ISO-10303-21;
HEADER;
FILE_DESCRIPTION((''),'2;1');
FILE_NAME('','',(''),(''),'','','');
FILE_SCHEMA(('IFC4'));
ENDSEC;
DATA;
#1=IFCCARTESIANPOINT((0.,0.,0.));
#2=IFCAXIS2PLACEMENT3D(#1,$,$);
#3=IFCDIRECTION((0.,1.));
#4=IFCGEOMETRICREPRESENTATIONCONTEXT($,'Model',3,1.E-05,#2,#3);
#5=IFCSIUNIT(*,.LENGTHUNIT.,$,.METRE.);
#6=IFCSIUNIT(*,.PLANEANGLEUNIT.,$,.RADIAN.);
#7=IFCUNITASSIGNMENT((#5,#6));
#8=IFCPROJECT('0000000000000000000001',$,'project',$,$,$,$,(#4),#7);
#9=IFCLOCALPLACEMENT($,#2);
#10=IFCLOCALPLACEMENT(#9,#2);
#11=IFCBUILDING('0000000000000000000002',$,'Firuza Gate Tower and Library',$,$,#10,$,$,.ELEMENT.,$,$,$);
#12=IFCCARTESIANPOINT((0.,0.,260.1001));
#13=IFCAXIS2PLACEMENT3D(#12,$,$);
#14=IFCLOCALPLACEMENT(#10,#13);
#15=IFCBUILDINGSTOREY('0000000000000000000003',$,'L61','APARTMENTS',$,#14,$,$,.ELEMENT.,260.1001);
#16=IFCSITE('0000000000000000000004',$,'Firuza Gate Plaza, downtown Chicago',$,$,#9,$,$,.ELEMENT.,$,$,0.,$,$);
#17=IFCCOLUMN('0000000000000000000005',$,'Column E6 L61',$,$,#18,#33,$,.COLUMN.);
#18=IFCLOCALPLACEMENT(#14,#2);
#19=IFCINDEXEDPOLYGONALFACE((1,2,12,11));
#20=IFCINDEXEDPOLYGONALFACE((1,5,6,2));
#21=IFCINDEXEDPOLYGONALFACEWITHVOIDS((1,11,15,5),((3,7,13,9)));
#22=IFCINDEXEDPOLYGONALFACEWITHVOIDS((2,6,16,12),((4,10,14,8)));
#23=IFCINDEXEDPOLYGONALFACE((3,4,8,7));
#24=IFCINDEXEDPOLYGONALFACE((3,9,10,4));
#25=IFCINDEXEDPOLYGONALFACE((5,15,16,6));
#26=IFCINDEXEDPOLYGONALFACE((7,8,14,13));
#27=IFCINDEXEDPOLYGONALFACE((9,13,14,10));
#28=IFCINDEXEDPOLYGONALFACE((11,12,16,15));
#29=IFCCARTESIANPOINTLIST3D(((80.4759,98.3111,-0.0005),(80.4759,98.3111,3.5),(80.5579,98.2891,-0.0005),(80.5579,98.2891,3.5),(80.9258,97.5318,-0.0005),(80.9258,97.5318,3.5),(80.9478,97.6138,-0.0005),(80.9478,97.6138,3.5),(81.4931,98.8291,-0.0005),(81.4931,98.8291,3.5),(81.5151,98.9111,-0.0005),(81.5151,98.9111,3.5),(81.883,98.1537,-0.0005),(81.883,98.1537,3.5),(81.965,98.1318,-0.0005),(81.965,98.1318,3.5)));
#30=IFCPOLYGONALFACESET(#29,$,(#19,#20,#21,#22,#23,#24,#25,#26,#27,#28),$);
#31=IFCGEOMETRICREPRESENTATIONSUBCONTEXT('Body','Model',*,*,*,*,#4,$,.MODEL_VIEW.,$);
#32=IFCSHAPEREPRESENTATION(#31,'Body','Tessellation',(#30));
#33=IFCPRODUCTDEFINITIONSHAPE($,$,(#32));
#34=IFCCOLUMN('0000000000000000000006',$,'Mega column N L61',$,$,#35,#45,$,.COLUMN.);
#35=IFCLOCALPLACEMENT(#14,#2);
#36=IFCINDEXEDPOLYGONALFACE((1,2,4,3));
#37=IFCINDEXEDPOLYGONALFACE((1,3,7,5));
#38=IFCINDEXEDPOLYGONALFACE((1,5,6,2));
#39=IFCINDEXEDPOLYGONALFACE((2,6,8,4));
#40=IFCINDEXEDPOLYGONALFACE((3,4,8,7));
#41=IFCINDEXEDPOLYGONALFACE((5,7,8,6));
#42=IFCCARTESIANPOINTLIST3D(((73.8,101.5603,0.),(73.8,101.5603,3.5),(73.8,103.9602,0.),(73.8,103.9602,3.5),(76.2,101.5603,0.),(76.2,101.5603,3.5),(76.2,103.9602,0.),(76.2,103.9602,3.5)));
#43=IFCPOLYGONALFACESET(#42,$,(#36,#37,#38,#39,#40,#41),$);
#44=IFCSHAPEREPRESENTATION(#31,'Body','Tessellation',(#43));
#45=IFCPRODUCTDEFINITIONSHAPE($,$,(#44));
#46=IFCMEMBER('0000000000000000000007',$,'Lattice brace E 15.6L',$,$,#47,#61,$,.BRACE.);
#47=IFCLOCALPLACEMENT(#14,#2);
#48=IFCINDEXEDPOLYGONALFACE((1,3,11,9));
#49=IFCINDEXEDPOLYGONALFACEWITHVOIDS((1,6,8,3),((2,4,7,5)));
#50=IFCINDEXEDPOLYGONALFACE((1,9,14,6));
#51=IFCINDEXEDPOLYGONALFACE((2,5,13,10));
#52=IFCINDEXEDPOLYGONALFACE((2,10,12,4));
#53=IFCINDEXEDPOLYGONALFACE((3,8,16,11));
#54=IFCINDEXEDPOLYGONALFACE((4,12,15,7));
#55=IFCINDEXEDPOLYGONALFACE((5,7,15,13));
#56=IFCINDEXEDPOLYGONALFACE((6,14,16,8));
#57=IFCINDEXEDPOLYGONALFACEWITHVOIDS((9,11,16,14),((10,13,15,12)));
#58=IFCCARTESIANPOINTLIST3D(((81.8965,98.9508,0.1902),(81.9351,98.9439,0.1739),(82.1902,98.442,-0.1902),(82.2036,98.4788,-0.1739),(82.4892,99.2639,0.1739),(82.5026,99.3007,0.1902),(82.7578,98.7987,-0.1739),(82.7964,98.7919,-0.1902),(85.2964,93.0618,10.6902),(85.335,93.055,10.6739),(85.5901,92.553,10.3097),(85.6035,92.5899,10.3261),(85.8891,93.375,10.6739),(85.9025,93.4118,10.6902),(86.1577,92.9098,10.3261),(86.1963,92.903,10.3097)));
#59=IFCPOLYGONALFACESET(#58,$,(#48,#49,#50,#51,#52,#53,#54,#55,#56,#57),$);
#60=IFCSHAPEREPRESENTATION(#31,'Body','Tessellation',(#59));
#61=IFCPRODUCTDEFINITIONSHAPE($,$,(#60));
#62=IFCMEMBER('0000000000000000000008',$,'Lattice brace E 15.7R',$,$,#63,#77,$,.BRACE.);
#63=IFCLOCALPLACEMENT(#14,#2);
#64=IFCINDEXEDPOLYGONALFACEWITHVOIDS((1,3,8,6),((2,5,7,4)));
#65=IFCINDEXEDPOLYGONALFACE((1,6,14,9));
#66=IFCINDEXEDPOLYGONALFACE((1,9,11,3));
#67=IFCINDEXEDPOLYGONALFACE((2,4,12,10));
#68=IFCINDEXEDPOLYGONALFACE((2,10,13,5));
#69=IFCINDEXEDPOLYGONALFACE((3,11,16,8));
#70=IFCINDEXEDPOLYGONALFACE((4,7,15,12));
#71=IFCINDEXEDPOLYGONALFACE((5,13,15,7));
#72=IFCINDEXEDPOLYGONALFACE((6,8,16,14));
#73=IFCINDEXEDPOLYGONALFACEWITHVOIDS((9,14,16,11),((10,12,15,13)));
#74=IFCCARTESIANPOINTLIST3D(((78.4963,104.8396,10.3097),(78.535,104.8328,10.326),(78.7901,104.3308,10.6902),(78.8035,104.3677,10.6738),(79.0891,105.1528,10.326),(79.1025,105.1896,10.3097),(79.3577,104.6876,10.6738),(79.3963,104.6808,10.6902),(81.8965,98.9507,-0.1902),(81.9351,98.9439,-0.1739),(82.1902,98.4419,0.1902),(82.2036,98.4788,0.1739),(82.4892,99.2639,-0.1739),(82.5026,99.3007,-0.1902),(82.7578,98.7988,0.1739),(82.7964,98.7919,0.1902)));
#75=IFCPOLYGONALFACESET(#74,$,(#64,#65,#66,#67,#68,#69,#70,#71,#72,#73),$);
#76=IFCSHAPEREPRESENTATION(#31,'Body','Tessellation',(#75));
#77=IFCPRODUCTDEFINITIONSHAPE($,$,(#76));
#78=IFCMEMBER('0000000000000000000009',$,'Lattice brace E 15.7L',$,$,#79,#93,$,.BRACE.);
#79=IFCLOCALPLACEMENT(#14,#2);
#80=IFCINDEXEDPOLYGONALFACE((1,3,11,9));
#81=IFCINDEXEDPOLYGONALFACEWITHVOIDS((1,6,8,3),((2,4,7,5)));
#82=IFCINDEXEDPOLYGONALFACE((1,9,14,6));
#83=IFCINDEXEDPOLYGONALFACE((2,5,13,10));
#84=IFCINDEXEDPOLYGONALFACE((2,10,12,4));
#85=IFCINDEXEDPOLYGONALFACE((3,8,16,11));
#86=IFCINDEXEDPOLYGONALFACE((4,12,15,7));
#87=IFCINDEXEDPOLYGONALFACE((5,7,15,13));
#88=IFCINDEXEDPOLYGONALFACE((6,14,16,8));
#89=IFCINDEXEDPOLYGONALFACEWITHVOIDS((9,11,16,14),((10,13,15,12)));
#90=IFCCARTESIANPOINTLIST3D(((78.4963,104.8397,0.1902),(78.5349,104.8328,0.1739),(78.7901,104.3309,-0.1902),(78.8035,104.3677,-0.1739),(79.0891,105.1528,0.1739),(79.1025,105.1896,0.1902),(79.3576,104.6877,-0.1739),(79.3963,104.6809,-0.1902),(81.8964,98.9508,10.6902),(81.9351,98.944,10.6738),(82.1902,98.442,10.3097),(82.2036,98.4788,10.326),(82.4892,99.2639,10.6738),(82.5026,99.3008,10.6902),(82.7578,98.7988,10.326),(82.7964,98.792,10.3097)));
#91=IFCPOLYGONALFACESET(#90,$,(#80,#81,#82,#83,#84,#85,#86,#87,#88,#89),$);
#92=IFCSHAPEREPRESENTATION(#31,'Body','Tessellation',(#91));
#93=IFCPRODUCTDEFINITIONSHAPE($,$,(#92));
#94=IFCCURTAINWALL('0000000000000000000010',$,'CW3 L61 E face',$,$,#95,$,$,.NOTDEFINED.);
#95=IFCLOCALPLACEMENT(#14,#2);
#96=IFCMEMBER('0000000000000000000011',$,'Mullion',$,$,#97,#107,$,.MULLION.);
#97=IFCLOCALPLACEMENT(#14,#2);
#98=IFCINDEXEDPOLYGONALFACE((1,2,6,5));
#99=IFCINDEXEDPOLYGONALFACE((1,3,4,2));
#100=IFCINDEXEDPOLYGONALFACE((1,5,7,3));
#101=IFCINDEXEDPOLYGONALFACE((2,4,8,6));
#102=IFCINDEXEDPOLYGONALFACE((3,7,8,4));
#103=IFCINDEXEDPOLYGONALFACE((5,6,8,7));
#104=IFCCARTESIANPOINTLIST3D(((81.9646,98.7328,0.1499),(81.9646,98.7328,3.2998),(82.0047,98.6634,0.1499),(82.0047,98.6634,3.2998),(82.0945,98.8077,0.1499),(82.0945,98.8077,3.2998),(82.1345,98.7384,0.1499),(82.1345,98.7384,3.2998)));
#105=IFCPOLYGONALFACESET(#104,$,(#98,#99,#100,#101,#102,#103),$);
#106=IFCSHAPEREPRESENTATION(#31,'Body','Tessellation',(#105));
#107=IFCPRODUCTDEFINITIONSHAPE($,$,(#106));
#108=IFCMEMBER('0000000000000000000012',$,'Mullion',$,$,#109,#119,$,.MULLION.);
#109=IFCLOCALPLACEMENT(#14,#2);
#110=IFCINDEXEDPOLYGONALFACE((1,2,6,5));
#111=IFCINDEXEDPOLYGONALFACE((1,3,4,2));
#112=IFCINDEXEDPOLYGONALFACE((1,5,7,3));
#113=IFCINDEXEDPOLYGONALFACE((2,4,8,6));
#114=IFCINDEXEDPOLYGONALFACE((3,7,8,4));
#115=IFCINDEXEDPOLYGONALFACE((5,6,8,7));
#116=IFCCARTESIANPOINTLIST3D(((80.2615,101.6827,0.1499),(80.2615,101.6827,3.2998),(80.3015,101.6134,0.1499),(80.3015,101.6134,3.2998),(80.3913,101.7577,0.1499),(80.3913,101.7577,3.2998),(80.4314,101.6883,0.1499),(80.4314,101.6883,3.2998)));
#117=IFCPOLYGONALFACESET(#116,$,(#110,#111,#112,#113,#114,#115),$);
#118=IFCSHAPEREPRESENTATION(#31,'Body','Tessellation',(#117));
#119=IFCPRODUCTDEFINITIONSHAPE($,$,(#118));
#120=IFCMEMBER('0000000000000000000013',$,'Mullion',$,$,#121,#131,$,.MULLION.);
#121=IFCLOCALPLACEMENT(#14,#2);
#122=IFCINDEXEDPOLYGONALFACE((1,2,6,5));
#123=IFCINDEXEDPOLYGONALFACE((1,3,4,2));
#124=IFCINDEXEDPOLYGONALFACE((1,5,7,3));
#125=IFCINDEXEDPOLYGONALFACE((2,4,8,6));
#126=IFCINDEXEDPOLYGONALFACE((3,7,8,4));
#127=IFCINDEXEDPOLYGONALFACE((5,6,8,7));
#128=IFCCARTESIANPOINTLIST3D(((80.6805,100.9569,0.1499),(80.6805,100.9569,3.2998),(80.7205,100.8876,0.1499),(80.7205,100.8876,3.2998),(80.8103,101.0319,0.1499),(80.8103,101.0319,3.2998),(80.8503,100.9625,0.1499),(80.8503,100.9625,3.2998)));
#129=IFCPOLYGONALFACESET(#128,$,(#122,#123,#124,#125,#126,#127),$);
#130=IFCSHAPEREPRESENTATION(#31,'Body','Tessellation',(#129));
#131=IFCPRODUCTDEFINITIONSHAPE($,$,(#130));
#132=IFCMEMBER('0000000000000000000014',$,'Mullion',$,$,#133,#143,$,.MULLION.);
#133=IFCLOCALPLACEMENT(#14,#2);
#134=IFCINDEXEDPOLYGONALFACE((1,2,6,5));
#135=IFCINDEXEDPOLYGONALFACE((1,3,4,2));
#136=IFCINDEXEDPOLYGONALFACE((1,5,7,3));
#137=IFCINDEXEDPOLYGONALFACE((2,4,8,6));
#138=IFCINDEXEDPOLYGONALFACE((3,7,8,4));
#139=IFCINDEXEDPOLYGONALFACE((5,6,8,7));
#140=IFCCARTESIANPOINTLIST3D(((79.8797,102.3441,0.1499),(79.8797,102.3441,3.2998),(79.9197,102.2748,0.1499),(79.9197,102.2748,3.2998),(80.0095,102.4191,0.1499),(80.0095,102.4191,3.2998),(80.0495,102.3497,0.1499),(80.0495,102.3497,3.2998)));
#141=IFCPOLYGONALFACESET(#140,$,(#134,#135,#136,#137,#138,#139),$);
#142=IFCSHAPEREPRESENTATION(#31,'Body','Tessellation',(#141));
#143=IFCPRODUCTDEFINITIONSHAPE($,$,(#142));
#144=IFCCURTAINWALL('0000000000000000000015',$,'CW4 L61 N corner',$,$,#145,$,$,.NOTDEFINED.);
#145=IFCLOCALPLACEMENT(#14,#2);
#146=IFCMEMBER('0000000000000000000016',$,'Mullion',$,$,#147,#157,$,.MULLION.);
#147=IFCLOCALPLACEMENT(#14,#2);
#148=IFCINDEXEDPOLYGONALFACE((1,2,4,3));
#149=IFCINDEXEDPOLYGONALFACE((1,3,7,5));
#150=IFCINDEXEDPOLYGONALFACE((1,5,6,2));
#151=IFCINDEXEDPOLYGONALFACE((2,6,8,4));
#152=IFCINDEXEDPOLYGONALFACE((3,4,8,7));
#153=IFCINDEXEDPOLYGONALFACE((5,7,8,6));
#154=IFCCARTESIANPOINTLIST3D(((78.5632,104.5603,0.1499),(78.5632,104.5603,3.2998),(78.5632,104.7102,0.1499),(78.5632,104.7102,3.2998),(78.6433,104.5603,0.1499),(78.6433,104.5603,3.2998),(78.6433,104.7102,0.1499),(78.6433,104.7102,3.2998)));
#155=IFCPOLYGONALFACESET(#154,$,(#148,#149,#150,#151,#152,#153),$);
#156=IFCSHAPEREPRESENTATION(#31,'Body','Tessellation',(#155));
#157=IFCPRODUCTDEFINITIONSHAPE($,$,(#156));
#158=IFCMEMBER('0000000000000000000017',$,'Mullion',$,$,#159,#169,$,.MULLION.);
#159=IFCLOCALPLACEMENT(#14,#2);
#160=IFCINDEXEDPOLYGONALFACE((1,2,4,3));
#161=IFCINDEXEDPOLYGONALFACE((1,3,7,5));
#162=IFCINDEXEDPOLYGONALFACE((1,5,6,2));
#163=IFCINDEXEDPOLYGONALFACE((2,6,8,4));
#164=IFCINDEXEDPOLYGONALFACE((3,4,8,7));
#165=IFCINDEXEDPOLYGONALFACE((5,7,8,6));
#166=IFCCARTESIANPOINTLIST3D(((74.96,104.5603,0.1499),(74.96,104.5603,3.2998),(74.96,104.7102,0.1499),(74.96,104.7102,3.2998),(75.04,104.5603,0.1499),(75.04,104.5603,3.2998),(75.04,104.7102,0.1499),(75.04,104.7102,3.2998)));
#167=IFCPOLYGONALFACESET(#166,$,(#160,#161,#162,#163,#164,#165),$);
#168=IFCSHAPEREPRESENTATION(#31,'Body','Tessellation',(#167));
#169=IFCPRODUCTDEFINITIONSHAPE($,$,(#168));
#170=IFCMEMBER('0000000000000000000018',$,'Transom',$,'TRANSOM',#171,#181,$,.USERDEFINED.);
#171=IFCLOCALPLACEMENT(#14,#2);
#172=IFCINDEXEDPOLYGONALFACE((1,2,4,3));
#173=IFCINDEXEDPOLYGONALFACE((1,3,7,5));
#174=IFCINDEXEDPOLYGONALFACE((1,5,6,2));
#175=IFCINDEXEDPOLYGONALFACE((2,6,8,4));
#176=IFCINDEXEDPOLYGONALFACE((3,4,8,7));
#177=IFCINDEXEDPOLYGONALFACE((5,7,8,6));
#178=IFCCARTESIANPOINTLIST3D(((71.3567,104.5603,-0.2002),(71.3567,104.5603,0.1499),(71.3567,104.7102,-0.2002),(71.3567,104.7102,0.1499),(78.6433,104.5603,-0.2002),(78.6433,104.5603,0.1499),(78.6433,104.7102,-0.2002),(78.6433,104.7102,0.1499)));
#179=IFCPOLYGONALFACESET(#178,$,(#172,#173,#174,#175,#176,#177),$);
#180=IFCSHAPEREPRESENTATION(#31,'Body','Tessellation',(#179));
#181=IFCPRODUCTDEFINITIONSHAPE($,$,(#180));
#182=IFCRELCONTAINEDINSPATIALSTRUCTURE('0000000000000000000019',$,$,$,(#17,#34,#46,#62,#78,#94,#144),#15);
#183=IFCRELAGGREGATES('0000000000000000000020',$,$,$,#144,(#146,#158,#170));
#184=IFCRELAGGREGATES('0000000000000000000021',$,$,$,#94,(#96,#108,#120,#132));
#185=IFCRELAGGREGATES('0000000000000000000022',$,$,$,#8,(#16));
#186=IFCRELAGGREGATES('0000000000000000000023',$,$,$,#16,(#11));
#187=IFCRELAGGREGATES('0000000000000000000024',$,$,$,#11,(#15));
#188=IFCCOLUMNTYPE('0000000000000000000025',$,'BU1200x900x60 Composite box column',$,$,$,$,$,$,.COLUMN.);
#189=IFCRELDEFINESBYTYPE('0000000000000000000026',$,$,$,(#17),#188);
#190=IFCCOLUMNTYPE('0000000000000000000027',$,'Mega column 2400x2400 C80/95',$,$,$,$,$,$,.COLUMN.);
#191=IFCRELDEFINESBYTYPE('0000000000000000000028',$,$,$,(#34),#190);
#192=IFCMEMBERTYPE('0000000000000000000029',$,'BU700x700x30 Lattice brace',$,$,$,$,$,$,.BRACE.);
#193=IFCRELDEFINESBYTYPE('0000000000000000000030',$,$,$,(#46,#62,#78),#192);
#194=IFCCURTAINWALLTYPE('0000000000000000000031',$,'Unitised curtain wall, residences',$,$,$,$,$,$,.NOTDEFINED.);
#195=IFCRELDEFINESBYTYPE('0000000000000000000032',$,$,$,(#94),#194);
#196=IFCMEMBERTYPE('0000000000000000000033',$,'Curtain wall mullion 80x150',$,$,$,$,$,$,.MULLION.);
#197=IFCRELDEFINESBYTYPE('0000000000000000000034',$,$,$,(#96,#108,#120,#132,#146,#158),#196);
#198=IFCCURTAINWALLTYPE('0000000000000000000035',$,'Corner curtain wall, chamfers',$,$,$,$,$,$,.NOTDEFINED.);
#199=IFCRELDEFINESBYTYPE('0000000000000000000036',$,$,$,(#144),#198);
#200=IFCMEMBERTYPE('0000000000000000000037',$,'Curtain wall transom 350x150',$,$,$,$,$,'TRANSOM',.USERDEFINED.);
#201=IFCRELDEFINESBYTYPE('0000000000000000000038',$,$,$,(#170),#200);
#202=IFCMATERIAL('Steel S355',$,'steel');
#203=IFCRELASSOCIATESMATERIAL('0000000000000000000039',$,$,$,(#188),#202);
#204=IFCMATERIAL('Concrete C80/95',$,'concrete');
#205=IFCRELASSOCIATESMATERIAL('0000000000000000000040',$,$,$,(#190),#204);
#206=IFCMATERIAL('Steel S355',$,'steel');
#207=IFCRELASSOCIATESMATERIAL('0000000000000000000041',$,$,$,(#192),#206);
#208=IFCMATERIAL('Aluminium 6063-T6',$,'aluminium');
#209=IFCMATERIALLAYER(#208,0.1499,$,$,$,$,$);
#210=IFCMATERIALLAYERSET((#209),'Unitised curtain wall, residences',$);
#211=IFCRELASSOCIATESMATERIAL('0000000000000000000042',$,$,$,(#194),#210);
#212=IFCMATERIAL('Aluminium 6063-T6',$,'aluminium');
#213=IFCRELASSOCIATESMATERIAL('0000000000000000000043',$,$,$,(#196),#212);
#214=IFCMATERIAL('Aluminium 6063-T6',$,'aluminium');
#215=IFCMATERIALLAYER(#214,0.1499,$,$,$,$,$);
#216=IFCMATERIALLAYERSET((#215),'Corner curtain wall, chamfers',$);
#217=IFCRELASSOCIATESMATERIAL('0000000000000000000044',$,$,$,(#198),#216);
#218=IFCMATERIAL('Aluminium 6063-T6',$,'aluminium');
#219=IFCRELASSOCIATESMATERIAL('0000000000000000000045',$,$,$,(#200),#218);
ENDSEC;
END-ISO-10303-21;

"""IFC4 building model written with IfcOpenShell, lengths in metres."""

from ifc_helpers import new_model, si_unit, direction, frame, origin, origin_2d, place, context, subcontext, project, spatial, rectangle, hollow_rectangle, extrude, material, layer, layer_set, material_profile, profile_set, type_object, element, aggregate, save


model = new_model("IFC4")

# Units and contexts
model_context = context("Model", 3, precision=1e-05, world=origin(), true_north=direction((0.0, 1.0)))
body_context = subcontext(model_context, "Body", "Model", "MODEL_VIEW")
ifc_project = project(units=[si_unit("LENGTHUNIT", "METRE"), si_unit("PLANEANGLEUNIT", "RADIAN")], contexts=[model_context])

# Site, building, storey
site_placement = place(None, origin())
site = spatial("IfcSite", under=ifc_project, at=site_placement, Name="Firuza Gate Plaza, downtown Chicago", CompositionType="ELEMENT", RefElevation=0.0)
building_placement = place(site_placement, origin())
building = spatial("IfcBuilding", under=site, at=building_placement, Name="Firuza Gate Tower and Library", CompositionType="ELEMENT")
storey_placement = place(building_placement, frame((0.0, 0.0, 260.1001)))
storey = spatial("IfcBuildingStorey", under=building, at=storey_placement, Name="L61", Description="APARTMENTS", CompositionType="ELEMENT", Elevation=260.1001)

# Columns
ifc_material_1 = material(Name="Steel S355", Category="steel")
ifc_material_profile_1 = material_profile(ifc_material_1, hollow_rectangle(XDim=0.8999, YDim=1.2, WallThickness=0.0601, at=origin_2d()))
ifc_profile_set_1 = profile_set([ifc_material_profile_1], Name="Steel S355")
column_type_1 = type_object("IfcColumnType", Name="BU1200x900x60 Composite box column", PredefinedType="COLUMN", material=ifc_profile_set_1)
column_1_placement = place(storey_placement, frame((81.2205, 98.2214, -0.0005), z_axis=(0.0, 0.0, 1.0), x_axis=(-0.5, 0.866025, 0.0)))
element("IfcColumn", 1, at=column_1_placement, inside=storey, type_object=column_type_1, Name="Column E6 L61", PredefinedType="COLUMN", context=body_context, shape_type="SweptSolid", body=[
    extrude(hollow_rectangle(XDim=0.8999, YDim=1.2, WallThickness=0.0601, at=origin_2d()), origin(), (0.0, 0.0, 1.0), 3.5005),
])
ifc_material_2 = material(Name="Concrete C80/95", Category="concrete")
ifc_material_profile_2 = material_profile(ifc_material_2, rectangle(XDim=2.3999, YDim=2.3999, at=origin_2d()))
ifc_profile_set_2 = profile_set([ifc_material_profile_2], Name="Concrete C80/95")
column_type_2 = type_object("IfcColumnType", Name="Mega column 2400x2400 C80/95", PredefinedType="COLUMN", material=ifc_profile_set_2)
column_2_placement = place(storey_placement, frame((75.0, 102.7603, 0.0), z_axis=(0.0, 0.0, 1.0), x_axis=(-1.0, 0.0, 0.0)))
element("IfcColumn", 2, at=column_2_placement, inside=storey, type_object=column_type_2, Name="Mega column N L61", PredefinedType="COLUMN", context=body_context, shape_type="SweptSolid", body=[
    extrude(rectangle(XDim=2.3999, YDim=2.3999, at=origin_2d()), origin(), (0.0, 0.0, 1.0), 3.5),
])

# Members
ifc_material_3 = material(Name="Steel S355", Category="steel")
ifc_material_profile_3 = material_profile(ifc_material_3, hollow_rectangle(XDim=0.7, YDim=0.7, WallThickness=0.03, at=origin_2d()))
ifc_profile_set_3 = profile_set([ifc_material_profile_3], Name="Steel S355")
member_type_1 = type_object("IfcMemberType", Name="BU700x700x30 Lattice brace", PredefinedType="BRACE", material=ifc_profile_set_3)
for number, where, z_axis, x_axis, name in (
    (3, (82.3464, 98.8713, 0.0), (0.271785, -0.470754, 0.839359), (0.86603, 0.499993, 0.0), "Lattice brace E 15.6L"),
    (4, (82.3464, 98.8713, 0.0), (-0.271803, 0.470751, 0.839355), (-0.866014, -0.50002, 0.0), "Lattice brace E 15.7R"),
    (5, (78.9463, 104.7603, 0.0), (0.271803, -0.470751, 0.839355), (0.866014, 0.50002, 0.0), "Lattice brace E 15.7L"),
):
    element("IfcMember", number, at=place(storey_placement, frame(where, z_axis=z_axis, x_axis=x_axis)), inside=storey, type_object=member_type_1, Name=name, PredefinedType="BRACE", context=body_context, shape_type="SweptSolid", body=[
        extrude(hollow_rectangle(XDim=0.7, YDim=0.7, WallThickness=0.03, at=origin_2d()), origin(), (0.0, 0.0, 1.0), 12.5095),
    ])

# Curtain walls, members
ifc_material_4 = material(Name="Aluminium 6063-T6", Category="aluminium")
ifc_layer_1 = layer(ifc_material_4, 0.1499)
ifc_layer_set_1 = layer_set([ifc_layer_1], Name="Unitised curtain wall, residences")
curtain_wall_type_1 = type_object("IfcCurtainWallType", Name="Unitised curtain wall, residences", PredefinedType="NOTDEFINED", material=ifc_layer_set_1)
placement = place(storey_placement, origin())
curtain_wall_1 = element("IfcCurtainWall", 6, at=placement, inside=storey, type_object=curtain_wall_type_1, Name="CW3 L61 E face", PredefinedType="NOTDEFINED")
ifc_material_5 = material(Name="Aluminium 6063-T6", Category="aluminium")
ifc_material_profile_4 = material_profile(ifc_material_5, rectangle(XDim=0.1499, YDim=0.0801, at=origin_2d()))
ifc_profile_set_4 = profile_set([ifc_material_profile_4], Name="Aluminium 6063-T6")
member_type_2 = type_object("IfcMemberType", Name="Curtain wall mullion 80x150", PredefinedType="MULLION", material=ifc_profile_set_4)
member_1_placement = place(storey_placement, frame((82.0496, 98.7356, 0.1499), z_axis=(0.0, 0.0, 1.0), x_axis=(-0.866025, -0.5, 0.0)))
member_1 = element("IfcMember", 7, at=member_1_placement, type_object=member_type_2, Name="Mullion", PredefinedType="MULLION", context=body_context, shape_type="SweptSolid", body=[
    extrude(rectangle(XDim=0.1499, YDim=0.0801, at=origin_2d()), origin(), (0.0, 0.0, 1.0), 3.1499),
])
member_2_placement = place(storey_placement, frame((80.3464, 101.6855, 0.1499), z_axis=(0.0, 0.0, 1.0), x_axis=(-0.866025, -0.5, 0.0)))
member_2 = element("IfcMember", 8, at=member_2_placement, type_object=member_type_2, Name="Mullion", PredefinedType="MULLION", context=body_context, shape_type="SweptSolid", body=[
    extrude(rectangle(XDim=0.1499, YDim=0.0801, at=origin_2d()), origin(), (0.0, 0.0, 1.0), 3.1499),
])
member_3_placement = place(storey_placement, frame((80.7654, 100.9597, 0.1499), z_axis=(0.0, 0.0, 1.0), x_axis=(-0.866025, -0.5, 0.0)))
member_3 = element("IfcMember", 9, at=member_3_placement, type_object=member_type_2, Name="Mullion", PredefinedType="MULLION", context=body_context, shape_type="SweptSolid", body=[
    extrude(rectangle(XDim=0.1499, YDim=0.0801, at=origin_2d()), origin(), (0.0, 0.0, 1.0), 3.1499),
])
member_4_placement = place(storey_placement, frame((79.9646, 102.3469, 0.1499), z_axis=(0.0, 0.0, 1.0), x_axis=(-0.866025, -0.5, 0.0)))
member_4 = element("IfcMember", 10, at=member_4_placement, type_object=member_type_2, Name="Mullion", PredefinedType="MULLION", context=body_context, shape_type="SweptSolid", body=[
    extrude(rectangle(XDim=0.1499, YDim=0.0801, at=origin_2d()), origin(), (0.0, 0.0, 1.0), 3.1499),
])
ifc_material_6 = material(Name="Aluminium 6063-T6", Category="aluminium")
ifc_layer_2 = layer(ifc_material_6, 0.1499)
ifc_layer_set_2 = layer_set([ifc_layer_2], Name="Corner curtain wall, chamfers")
curtain_wall_type_2 = type_object("IfcCurtainWallType", Name="Corner curtain wall, chamfers", PredefinedType="NOTDEFINED", material=ifc_layer_set_2)
curtain_wall_2 = element("IfcCurtainWall", 11, at=placement, inside=storey, type_object=curtain_wall_type_2, Name="CW4 L61 N corner", PredefinedType="NOTDEFINED")
member_5_placement = place(storey_placement, frame((78.6033, 104.6353, 0.1499), z_axis=(0.0, 0.0, 1.0), x_axis=(0.0, -1.0, 0.0)))
member_5 = element("IfcMember", 12, at=member_5_placement, type_object=member_type_2, Name="Mullion", PredefinedType="MULLION", context=body_context, shape_type="SweptSolid", body=[
    extrude(rectangle(XDim=0.1499, YDim=0.0801, at=origin_2d()), origin(), (0.0, 0.0, 1.0), 3.1499),
])
member_6_placement = place(storey_placement, frame((75.0, 104.6353, 0.1499), z_axis=(0.0, 0.0, 1.0), x_axis=(0.0, -1.0, 0.0)))
member_6 = element("IfcMember", 13, at=member_6_placement, type_object=member_type_2, Name="Mullion", PredefinedType="MULLION", context=body_context, shape_type="SweptSolid", body=[
    extrude(rectangle(XDim=0.1499, YDim=0.0801, at=origin_2d()), origin(), (0.0, 0.0, 1.0), 3.1499),
])
ifc_material_7 = material(Name="Aluminium 6063-T6", Category="aluminium")
ifc_material_profile_5 = material_profile(ifc_material_7, rectangle(XDim=0.1499, YDim=0.3501, at=origin_2d()))
ifc_profile_set_5 = profile_set([ifc_material_profile_5], Name="Aluminium 6063-T6")
member_type_3 = type_object("IfcMemberType", Name="Curtain wall transom 350x150", ElementType="TRANSOM", PredefinedType="USERDEFINED", material=ifc_profile_set_5)
member_7_placement = place(storey_placement, frame((78.6433, 104.6353, -0.0251), z_axis=(-1.0, 0.0, 0.0), x_axis=(0.0, -1.0, 0.0)))
member_7 = element("IfcMember", 14, at=member_7_placement, type_object=member_type_3, Name="Transom", ObjectType="TRANSOM", PredefinedType="USERDEFINED", context=body_context, shape_type="SweptSolid", body=[
    extrude(rectangle(XDim=0.1499, YDim=0.3501, at=origin_2d()), origin(), (0.0, 0.0, 1.0), 7.2866),
])

aggregate(curtain_wall_2, [member_5, member_6, member_7])
aggregate(curtain_wall_1, [member_1, member_2, member_3, member_4])

save(model, "model.ifc")
